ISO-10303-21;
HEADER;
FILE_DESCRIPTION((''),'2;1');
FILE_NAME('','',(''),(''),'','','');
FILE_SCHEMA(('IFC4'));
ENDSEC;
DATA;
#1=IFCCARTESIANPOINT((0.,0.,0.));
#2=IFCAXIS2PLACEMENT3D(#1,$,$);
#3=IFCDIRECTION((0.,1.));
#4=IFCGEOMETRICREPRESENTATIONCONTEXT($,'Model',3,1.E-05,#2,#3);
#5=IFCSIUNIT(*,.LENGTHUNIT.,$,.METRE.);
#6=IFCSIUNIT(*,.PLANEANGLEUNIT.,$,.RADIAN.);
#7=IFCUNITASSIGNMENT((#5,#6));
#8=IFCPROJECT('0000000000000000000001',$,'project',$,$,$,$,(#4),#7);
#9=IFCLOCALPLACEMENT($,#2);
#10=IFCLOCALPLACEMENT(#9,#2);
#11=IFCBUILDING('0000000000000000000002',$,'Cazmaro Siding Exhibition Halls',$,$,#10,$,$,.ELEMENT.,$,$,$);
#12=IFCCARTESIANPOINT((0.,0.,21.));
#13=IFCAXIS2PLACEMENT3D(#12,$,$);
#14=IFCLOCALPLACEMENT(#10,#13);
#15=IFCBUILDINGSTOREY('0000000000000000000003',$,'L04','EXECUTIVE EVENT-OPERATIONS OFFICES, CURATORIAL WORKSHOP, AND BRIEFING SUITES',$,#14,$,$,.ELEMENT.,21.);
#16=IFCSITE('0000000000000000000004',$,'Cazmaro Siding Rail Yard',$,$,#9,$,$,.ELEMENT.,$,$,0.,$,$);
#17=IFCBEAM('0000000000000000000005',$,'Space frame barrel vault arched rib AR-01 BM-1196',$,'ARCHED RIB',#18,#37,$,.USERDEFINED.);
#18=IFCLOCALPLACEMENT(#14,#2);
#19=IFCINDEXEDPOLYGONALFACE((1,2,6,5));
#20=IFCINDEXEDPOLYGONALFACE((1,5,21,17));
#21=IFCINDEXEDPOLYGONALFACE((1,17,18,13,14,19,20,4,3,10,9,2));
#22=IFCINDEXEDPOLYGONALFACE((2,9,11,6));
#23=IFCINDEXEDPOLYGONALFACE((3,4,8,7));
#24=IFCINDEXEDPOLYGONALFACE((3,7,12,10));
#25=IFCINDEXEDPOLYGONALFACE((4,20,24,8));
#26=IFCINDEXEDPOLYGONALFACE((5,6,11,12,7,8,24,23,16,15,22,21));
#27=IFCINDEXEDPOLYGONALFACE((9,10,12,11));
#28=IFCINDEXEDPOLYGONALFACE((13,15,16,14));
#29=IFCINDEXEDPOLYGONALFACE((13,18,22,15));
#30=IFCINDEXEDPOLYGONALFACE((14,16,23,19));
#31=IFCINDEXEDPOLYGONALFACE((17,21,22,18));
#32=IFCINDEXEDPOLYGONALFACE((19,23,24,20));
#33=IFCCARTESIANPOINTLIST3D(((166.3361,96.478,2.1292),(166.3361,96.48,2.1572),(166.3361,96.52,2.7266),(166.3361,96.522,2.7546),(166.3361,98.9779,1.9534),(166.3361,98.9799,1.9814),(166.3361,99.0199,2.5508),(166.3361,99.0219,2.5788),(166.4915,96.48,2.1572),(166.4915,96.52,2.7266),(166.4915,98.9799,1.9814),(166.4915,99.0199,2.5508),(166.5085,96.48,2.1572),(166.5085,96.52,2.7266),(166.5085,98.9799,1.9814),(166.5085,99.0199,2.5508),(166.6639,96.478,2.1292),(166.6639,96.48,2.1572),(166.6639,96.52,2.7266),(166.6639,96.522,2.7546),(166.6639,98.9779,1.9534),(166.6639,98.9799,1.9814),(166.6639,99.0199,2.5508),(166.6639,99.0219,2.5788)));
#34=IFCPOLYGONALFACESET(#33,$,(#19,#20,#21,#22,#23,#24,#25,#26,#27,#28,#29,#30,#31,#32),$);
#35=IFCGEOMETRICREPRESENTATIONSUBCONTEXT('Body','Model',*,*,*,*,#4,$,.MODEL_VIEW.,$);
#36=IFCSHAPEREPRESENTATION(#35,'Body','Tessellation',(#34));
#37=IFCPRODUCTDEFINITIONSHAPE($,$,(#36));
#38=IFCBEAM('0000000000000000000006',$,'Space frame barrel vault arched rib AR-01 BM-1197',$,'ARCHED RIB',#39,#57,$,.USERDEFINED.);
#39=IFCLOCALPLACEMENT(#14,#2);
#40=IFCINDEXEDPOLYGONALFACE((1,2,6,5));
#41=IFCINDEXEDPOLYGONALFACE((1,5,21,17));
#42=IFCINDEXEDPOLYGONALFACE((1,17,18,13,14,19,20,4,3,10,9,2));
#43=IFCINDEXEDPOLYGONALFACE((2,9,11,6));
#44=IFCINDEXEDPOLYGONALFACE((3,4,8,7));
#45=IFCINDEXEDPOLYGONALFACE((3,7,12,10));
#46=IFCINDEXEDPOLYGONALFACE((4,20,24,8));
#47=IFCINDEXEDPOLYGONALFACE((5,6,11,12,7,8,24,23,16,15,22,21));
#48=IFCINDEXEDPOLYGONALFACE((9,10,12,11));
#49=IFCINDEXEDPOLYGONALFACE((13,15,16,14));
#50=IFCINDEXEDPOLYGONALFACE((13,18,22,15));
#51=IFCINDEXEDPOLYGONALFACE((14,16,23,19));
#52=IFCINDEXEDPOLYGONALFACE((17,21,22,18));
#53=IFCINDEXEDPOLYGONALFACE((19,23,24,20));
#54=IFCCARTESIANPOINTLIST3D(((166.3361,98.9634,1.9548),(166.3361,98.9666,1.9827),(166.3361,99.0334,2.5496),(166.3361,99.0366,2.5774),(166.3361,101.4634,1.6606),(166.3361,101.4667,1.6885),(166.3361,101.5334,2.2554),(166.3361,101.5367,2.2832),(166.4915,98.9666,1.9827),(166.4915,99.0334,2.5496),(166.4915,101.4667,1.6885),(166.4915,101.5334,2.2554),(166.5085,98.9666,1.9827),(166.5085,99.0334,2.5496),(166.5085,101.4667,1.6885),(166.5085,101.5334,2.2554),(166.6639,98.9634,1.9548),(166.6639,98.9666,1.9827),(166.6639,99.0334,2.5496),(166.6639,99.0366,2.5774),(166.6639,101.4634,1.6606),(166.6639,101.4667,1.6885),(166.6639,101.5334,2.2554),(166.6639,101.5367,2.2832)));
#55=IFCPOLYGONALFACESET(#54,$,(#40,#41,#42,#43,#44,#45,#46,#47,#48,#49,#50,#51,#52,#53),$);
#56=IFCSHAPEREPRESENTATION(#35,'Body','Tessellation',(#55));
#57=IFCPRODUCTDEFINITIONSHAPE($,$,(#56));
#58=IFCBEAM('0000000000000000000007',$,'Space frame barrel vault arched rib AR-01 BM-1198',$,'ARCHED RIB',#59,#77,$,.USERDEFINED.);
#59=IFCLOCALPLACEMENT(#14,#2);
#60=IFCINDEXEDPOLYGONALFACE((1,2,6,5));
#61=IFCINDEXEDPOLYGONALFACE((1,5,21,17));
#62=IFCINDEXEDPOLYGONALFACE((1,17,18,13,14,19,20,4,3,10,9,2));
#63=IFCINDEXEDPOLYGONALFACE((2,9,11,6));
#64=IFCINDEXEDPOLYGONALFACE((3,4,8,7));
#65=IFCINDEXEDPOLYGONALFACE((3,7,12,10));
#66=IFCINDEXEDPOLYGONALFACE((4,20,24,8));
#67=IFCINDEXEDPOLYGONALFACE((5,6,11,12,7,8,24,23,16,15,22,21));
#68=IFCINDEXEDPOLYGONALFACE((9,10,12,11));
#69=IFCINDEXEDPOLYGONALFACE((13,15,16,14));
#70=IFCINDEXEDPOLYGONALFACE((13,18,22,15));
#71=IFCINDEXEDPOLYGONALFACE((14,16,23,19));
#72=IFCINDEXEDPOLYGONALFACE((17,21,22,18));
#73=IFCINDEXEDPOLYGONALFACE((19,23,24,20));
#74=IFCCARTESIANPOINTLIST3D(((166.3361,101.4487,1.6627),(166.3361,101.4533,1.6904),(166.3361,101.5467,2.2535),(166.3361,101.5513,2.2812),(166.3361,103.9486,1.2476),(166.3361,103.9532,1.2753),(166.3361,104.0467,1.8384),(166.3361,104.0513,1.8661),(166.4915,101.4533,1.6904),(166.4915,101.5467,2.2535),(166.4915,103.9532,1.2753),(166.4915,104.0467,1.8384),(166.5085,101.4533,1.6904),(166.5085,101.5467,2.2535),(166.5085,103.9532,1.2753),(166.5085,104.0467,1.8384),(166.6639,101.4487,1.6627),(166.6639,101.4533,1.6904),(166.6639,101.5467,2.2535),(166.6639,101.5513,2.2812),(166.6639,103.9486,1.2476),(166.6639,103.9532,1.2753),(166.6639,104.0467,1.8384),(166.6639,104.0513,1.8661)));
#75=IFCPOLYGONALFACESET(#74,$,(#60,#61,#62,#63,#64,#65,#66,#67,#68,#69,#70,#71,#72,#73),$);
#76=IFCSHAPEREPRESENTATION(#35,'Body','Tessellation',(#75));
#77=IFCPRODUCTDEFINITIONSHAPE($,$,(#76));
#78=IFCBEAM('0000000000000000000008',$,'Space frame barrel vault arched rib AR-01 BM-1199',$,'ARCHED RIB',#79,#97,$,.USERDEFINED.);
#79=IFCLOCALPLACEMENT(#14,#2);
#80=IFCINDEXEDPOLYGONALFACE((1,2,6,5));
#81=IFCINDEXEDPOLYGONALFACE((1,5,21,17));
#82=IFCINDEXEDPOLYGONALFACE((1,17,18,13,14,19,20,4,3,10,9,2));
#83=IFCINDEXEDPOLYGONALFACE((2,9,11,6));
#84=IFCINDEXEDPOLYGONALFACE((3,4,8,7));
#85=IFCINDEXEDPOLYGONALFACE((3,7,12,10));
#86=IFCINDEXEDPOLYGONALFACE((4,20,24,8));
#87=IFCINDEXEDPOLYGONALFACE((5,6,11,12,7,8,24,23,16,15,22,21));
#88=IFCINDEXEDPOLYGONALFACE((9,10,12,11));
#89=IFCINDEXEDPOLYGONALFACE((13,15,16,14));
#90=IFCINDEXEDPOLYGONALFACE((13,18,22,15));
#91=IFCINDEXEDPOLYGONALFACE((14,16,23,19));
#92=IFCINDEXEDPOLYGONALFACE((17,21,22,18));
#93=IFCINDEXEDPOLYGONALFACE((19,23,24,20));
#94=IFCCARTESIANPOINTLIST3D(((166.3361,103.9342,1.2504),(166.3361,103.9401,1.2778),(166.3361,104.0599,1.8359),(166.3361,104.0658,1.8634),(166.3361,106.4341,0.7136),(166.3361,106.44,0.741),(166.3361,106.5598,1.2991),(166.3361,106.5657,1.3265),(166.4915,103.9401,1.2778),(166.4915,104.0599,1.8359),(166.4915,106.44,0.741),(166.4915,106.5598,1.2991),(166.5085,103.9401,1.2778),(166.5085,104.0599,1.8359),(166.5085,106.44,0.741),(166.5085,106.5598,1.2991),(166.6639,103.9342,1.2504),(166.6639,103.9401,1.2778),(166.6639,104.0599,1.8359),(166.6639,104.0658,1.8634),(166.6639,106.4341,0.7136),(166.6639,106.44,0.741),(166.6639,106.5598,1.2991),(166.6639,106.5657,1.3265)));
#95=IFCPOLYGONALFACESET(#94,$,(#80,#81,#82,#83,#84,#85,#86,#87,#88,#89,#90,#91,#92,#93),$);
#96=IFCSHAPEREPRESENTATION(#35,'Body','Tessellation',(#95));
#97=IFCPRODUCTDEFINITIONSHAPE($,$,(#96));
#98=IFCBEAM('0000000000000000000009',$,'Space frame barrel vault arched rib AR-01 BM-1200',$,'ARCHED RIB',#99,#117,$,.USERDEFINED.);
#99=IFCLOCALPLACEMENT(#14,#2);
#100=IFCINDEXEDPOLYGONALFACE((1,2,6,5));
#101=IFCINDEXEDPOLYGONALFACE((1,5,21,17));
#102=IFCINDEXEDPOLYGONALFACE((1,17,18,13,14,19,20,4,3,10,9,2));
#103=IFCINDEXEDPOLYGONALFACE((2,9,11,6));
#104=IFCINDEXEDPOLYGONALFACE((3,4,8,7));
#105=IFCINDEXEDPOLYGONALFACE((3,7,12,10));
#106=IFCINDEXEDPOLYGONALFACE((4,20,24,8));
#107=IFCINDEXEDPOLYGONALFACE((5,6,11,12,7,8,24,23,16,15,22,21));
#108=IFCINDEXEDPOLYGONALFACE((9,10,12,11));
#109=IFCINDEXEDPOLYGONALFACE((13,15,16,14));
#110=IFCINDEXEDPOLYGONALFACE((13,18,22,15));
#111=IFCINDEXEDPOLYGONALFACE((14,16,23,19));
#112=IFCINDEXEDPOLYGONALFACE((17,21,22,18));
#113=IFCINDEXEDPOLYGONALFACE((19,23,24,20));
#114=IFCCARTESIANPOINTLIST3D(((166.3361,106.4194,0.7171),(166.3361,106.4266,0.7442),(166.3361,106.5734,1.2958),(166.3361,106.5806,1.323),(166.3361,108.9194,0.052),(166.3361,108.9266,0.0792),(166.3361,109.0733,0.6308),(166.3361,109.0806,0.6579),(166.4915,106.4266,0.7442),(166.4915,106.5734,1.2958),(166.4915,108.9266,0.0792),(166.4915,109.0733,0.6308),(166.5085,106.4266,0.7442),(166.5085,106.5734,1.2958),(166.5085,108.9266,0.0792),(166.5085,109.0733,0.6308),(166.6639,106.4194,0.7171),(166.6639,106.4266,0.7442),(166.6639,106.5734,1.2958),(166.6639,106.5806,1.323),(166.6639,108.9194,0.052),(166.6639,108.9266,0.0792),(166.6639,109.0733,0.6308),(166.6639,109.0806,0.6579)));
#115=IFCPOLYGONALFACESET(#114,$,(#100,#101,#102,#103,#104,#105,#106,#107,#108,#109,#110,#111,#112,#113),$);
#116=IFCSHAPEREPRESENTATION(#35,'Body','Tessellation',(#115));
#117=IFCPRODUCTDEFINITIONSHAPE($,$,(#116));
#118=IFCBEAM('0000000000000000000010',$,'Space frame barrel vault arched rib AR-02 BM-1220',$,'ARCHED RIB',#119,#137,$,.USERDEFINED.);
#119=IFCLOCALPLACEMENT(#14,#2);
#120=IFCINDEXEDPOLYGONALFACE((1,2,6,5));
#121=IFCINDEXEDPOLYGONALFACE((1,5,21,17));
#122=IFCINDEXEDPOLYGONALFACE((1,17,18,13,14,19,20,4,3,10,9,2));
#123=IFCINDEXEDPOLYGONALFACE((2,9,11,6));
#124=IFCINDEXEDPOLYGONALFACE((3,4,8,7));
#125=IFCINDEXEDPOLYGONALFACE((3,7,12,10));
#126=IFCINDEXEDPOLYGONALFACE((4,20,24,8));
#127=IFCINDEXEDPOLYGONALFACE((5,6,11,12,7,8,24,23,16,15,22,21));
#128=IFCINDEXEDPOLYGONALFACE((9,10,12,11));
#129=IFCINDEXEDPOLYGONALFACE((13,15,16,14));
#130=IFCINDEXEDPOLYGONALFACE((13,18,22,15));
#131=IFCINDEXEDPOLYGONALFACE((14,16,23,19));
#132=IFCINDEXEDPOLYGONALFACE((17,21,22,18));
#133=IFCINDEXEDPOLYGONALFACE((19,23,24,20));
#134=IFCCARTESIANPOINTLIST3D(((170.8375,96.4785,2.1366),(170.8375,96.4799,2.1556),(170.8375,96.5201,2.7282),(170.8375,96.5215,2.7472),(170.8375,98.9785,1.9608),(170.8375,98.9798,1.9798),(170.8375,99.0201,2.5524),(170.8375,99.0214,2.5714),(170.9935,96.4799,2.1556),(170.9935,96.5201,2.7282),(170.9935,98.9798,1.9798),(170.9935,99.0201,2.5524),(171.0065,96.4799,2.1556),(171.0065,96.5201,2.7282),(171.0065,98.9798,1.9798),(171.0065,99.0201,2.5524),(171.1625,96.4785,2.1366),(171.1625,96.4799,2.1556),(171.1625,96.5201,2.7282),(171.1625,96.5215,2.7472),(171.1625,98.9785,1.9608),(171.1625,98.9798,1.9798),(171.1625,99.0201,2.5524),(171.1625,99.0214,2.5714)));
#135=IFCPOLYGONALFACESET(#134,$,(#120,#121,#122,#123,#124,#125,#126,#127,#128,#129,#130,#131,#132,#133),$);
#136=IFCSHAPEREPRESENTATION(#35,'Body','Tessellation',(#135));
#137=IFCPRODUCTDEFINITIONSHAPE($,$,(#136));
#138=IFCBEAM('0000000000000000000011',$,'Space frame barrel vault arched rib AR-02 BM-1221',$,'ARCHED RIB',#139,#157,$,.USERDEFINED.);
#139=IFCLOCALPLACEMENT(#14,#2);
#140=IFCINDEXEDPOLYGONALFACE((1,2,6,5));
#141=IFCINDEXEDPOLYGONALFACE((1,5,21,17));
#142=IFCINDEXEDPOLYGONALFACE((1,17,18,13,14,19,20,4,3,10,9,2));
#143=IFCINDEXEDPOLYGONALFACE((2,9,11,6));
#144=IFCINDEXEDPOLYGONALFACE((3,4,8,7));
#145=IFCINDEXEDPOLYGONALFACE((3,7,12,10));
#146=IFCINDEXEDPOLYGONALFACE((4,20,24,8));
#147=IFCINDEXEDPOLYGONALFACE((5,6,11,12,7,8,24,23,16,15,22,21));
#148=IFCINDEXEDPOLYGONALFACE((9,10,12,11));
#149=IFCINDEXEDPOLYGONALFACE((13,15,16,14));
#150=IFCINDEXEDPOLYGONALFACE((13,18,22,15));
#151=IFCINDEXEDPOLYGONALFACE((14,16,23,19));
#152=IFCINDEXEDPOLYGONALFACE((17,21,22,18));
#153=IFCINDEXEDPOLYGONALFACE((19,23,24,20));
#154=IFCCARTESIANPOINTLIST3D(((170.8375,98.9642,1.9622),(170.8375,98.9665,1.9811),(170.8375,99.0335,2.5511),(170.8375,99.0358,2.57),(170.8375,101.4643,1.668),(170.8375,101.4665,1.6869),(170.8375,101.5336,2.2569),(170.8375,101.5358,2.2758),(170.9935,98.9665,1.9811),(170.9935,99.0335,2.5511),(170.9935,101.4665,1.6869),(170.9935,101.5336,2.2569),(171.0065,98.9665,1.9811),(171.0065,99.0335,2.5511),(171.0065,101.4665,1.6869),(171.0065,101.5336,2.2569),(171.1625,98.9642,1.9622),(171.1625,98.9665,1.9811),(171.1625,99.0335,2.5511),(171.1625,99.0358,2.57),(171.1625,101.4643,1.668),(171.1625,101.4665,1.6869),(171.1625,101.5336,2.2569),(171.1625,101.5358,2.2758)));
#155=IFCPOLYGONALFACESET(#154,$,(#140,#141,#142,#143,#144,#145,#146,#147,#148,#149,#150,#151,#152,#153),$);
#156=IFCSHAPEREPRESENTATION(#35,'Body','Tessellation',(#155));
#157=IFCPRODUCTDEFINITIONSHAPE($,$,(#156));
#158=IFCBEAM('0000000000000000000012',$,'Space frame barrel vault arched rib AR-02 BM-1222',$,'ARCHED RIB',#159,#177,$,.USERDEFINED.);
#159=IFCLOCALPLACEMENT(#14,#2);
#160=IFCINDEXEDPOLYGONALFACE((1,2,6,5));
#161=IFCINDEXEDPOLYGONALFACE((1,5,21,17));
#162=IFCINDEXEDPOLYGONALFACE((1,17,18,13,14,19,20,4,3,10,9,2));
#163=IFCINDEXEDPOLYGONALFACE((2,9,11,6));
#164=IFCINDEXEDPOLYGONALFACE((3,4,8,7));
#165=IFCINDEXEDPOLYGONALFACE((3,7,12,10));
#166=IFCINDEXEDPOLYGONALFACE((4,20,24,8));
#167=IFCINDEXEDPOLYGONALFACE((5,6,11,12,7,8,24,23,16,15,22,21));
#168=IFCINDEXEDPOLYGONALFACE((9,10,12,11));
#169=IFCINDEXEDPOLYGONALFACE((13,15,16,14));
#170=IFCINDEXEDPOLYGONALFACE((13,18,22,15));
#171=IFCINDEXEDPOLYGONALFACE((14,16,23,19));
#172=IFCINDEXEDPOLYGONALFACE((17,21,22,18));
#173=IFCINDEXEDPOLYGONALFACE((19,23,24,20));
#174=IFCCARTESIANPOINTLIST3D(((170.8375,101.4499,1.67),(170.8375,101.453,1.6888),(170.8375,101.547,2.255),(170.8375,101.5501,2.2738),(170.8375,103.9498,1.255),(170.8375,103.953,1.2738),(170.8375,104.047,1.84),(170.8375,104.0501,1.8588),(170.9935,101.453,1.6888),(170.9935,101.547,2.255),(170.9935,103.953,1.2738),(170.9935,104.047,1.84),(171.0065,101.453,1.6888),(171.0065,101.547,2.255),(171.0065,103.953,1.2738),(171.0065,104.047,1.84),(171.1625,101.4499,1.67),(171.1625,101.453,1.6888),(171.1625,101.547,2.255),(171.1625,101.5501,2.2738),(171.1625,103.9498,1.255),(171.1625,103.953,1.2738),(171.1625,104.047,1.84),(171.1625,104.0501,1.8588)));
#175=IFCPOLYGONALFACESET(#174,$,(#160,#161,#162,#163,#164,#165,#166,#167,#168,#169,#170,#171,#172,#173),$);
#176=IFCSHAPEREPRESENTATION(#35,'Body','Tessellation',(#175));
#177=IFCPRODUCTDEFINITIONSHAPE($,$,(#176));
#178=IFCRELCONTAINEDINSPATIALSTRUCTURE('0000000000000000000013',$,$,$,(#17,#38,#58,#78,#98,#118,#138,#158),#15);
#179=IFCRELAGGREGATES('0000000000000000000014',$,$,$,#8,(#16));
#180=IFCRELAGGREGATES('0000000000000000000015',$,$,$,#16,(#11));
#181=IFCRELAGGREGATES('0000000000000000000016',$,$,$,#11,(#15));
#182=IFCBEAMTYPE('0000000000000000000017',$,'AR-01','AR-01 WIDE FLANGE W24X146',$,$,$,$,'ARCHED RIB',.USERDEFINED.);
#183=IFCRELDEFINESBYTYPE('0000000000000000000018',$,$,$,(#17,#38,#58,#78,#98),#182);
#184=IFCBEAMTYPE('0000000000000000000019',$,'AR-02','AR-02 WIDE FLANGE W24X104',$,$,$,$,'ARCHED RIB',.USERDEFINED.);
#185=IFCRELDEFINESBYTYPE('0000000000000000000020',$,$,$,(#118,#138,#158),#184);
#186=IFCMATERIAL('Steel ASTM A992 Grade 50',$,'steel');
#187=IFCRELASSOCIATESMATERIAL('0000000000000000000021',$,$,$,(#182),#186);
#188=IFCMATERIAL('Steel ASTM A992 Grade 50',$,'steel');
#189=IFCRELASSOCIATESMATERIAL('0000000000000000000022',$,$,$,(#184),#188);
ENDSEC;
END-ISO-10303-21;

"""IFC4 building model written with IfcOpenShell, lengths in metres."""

from ifc_helpers import new_model, si_unit, direction, frame, origin, origin_2d, place, context, subcontext, project, spatial, i_section, extrude, material, material_profile, profile_set, type_object, element, save


model = new_model("IFC4")

# Units and contexts
model_context = context("Model", 3, precision=1e-05, world=origin(), true_north=direction((0.0, 1.0)))
body_context = subcontext(model_context, "Body", "Model", "MODEL_VIEW")
ifc_project = project(units=[si_unit("LENGTHUNIT", "METRE"), si_unit("PLANEANGLEUNIT", "RADIAN")], contexts=[model_context])

# Site, building, storey
site_placement = place(None, origin())
site = spatial("IfcSite", under=ifc_project, at=site_placement, Name="Cazmaro Siding Rail Yard", CompositionType="ELEMENT", RefElevation=0.0)
building_placement = place(site_placement, origin())
building = spatial("IfcBuilding", under=site, at=building_placement, Name="Cazmaro Siding Exhibition Halls", CompositionType="ELEMENT")
storey_placement = place(building_placement, frame((0.0, 0.0, 21.0)))
storey = spatial("IfcBuildingStorey", under=building, at=storey_placement, Name="L04", Description="EXECUTIVE EVENT-OPERATIONS OFFICES, CURATORIAL WORKSHOP, AND BRIEFING SUITES", CompositionType="ELEMENT", Elevation=21.0)

# Beams
ifc_material_1 = material(Name="Steel ASTM A992 Grade 50", Category="steel")
ifc_material_profile_1 = material_profile(ifc_material_1, i_section(OverallWidth=0.3279, OverallDepth=0.627, WebThickness=0.0171, FlangeThickness=0.0281, at=origin_2d()), Name="W24X146")
ifc_profile_set_1 = profile_set([ifc_material_profile_1], Name="Steel ASTM A992 Grade 50")
beam_type_1 = type_object("IfcBeamType", Name="AR-01", Description="AR-01 WIDE FLANGE W24X146", ElementType="ARCHED RIB", PredefinedType="USERDEFINED", material=ifc_profile_set_1)
beam_1_placement = place(storey_placement, frame((166.5, 96.5, 2.4419), z_axis=(0.0, 0.997537, -0.070139), x_axis=(-1.0, 0.0, 0.0)))
element("IfcBeam", 1, at=beam_1_placement, inside=storey, type_object=beam_type_1, Name="Space frame barrel vault arched rib AR-01 BM-1196", ObjectType="ARCHED RIB", PredefinedType="USERDEFINED", context=body_context, shape_type="SweptSolid", body=[
    extrude(i_section(OverallWidth=0.3279, OverallDepth=0.627, WebThickness=0.0171, FlangeThickness=0.0281, at=origin_2d()), origin(), (0.0, 0.0, 1.0), 2.5061),
])
beam_2_placement = place(storey_placement, frame((166.5, 99.0, 2.2661), z_axis=(0.0, 0.993147, -0.116869), x_axis=(-1.0, 0.0, 0.0)))
element("IfcBeam", 2, at=beam_2_placement, inside=storey, type_object=beam_type_1, Name="Space frame barrel vault arched rib AR-01 BM-1197", ObjectType="ARCHED RIB", PredefinedType="USERDEFINED", context=body_context, shape_type="SweptSolid", body=[
    extrude(i_section(OverallWidth=0.3279, OverallDepth=0.627, WebThickness=0.0171, FlangeThickness=0.0281, at=origin_2d()), origin(), (0.0, 0.0, 1.0), 2.5173),
])
beam_3_placement = place(storey_placement, frame((166.5, 101.5, 1.9719), z_axis=(0.0, 0.986498, -0.163774), x_axis=(-1.0, 0.0, 0.0)))
element("IfcBeam", 3, at=beam_3_placement, inside=storey, type_object=beam_type_1, Name="Space frame barrel vault arched rib AR-01 BM-1198", ObjectType="ARCHED RIB", PredefinedType="USERDEFINED", context=body_context, shape_type="SweptSolid", body=[
    extrude(i_section(OverallWidth=0.3279, OverallDepth=0.627, WebThickness=0.0171, FlangeThickness=0.0281, at=origin_2d()), origin(), (0.0, 0.0, 1.0), 2.5342),
])
beam_4_placement = place(storey_placement, frame((166.5, 104.0, 1.5569), z_axis=(0.0, 0.97771, -0.209959), x_axis=(-1.0, 0.0, 0.0)))
element("IfcBeam", 4, at=beam_4_placement, inside=storey, type_object=beam_type_1, Name="Space frame barrel vault arched rib AR-01 BM-1199", ObjectType="ARCHED RIB", PredefinedType="USERDEFINED", context=body_context, shape_type="SweptSolid", body=[
    extrude(i_section(OverallWidth=0.3279, OverallDepth=0.627, WebThickness=0.0171, FlangeThickness=0.0281, at=origin_2d()), origin(), (0.0, 0.0, 1.0), 2.5569),
])
beam_5_placement = place(storey_placement, frame((166.5, 106.5, 1.02), z_axis=(0.0, 0.966391, -0.257075), x_axis=(-1.0, 0.0, 0.0)))
element("IfcBeam", 5, at=beam_5_placement, inside=storey, type_object=beam_type_1, Name="Space frame barrel vault arched rib AR-01 BM-1200", ObjectType="ARCHED RIB", PredefinedType="USERDEFINED", context=body_context, shape_type="SweptSolid", body=[
    extrude(i_section(OverallWidth=0.3279, OverallDepth=0.627, WebThickness=0.0171, FlangeThickness=0.0281, at=origin_2d()), origin(), (0.0, 0.0, 1.0), 2.5869),
])
ifc_material_2 = material(Name="Steel ASTM A992 Grade 50", Category="steel")
ifc_material_profile_2 = material_profile(ifc_material_2, i_section(OverallWidth=0.325, OverallDepth=0.6121, WebThickness=0.0129, FlangeThickness=0.019, at=origin_2d()), Name="W24X104")
ifc_profile_set_2 = profile_set([ifc_material_profile_2], Name="Steel ASTM A992 Grade 50")
beam_type_2 = type_object("IfcBeamType", Name="AR-02", Description="AR-02 WIDE FLANGE W24X104", ElementType="ARCHED RIB", PredefinedType="USERDEFINED", material=ifc_profile_set_2)
beam_6_placement = place(storey_placement, frame((171.0, 96.5, 2.4419), z_axis=(0.0, 0.997537, -0.070139), x_axis=(-1.0, 0.0, 0.0)))
element("IfcBeam", 6, at=beam_6_placement, inside=storey, type_object=beam_type_2, Name="Space frame barrel vault arched rib AR-02 BM-1220", ObjectType="ARCHED RIB", PredefinedType="USERDEFINED", context=body_context, shape_type="SweptSolid", body=[
    extrude(i_section(OverallWidth=0.325, OverallDepth=0.6121, WebThickness=0.0129, FlangeThickness=0.019, at=origin_2d()), origin(), (0.0, 0.0, 1.0), 2.5061),
])
beam_7_placement = place(storey_placement, frame((171.0, 99.0, 2.2661), z_axis=(0.0, 0.993147, -0.116869), x_axis=(-1.0, 0.0, 0.0)))
element("IfcBeam", 7, at=beam_7_placement, inside=storey, type_object=beam_type_2, Name="Space frame barrel vault arched rib AR-02 BM-1221", ObjectType="ARCHED RIB", PredefinedType="USERDEFINED", context=body_context, shape_type="SweptSolid", body=[
    extrude(i_section(OverallWidth=0.325, OverallDepth=0.6121, WebThickness=0.0129, FlangeThickness=0.019, at=origin_2d()), origin(), (0.0, 0.0, 1.0), 2.5173),
])
beam_8_placement = place(storey_placement, frame((171.0, 101.5, 1.9719), z_axis=(0.0, 0.986498, -0.163774), x_axis=(-1.0, 0.0, 0.0)))
element("IfcBeam", 8, at=beam_8_placement, inside=storey, type_object=beam_type_2, Name="Space frame barrel vault arched rib AR-02 BM-1222", ObjectType="ARCHED RIB", PredefinedType="USERDEFINED", context=body_context, shape_type="SweptSolid", body=[
    extrude(i_section(OverallWidth=0.325, OverallDepth=0.6121, WebThickness=0.0129, FlangeThickness=0.019, at=origin_2d()), origin(), (0.0, 0.0, 1.0), 2.5342),
])

save(model, "model.ifc")
